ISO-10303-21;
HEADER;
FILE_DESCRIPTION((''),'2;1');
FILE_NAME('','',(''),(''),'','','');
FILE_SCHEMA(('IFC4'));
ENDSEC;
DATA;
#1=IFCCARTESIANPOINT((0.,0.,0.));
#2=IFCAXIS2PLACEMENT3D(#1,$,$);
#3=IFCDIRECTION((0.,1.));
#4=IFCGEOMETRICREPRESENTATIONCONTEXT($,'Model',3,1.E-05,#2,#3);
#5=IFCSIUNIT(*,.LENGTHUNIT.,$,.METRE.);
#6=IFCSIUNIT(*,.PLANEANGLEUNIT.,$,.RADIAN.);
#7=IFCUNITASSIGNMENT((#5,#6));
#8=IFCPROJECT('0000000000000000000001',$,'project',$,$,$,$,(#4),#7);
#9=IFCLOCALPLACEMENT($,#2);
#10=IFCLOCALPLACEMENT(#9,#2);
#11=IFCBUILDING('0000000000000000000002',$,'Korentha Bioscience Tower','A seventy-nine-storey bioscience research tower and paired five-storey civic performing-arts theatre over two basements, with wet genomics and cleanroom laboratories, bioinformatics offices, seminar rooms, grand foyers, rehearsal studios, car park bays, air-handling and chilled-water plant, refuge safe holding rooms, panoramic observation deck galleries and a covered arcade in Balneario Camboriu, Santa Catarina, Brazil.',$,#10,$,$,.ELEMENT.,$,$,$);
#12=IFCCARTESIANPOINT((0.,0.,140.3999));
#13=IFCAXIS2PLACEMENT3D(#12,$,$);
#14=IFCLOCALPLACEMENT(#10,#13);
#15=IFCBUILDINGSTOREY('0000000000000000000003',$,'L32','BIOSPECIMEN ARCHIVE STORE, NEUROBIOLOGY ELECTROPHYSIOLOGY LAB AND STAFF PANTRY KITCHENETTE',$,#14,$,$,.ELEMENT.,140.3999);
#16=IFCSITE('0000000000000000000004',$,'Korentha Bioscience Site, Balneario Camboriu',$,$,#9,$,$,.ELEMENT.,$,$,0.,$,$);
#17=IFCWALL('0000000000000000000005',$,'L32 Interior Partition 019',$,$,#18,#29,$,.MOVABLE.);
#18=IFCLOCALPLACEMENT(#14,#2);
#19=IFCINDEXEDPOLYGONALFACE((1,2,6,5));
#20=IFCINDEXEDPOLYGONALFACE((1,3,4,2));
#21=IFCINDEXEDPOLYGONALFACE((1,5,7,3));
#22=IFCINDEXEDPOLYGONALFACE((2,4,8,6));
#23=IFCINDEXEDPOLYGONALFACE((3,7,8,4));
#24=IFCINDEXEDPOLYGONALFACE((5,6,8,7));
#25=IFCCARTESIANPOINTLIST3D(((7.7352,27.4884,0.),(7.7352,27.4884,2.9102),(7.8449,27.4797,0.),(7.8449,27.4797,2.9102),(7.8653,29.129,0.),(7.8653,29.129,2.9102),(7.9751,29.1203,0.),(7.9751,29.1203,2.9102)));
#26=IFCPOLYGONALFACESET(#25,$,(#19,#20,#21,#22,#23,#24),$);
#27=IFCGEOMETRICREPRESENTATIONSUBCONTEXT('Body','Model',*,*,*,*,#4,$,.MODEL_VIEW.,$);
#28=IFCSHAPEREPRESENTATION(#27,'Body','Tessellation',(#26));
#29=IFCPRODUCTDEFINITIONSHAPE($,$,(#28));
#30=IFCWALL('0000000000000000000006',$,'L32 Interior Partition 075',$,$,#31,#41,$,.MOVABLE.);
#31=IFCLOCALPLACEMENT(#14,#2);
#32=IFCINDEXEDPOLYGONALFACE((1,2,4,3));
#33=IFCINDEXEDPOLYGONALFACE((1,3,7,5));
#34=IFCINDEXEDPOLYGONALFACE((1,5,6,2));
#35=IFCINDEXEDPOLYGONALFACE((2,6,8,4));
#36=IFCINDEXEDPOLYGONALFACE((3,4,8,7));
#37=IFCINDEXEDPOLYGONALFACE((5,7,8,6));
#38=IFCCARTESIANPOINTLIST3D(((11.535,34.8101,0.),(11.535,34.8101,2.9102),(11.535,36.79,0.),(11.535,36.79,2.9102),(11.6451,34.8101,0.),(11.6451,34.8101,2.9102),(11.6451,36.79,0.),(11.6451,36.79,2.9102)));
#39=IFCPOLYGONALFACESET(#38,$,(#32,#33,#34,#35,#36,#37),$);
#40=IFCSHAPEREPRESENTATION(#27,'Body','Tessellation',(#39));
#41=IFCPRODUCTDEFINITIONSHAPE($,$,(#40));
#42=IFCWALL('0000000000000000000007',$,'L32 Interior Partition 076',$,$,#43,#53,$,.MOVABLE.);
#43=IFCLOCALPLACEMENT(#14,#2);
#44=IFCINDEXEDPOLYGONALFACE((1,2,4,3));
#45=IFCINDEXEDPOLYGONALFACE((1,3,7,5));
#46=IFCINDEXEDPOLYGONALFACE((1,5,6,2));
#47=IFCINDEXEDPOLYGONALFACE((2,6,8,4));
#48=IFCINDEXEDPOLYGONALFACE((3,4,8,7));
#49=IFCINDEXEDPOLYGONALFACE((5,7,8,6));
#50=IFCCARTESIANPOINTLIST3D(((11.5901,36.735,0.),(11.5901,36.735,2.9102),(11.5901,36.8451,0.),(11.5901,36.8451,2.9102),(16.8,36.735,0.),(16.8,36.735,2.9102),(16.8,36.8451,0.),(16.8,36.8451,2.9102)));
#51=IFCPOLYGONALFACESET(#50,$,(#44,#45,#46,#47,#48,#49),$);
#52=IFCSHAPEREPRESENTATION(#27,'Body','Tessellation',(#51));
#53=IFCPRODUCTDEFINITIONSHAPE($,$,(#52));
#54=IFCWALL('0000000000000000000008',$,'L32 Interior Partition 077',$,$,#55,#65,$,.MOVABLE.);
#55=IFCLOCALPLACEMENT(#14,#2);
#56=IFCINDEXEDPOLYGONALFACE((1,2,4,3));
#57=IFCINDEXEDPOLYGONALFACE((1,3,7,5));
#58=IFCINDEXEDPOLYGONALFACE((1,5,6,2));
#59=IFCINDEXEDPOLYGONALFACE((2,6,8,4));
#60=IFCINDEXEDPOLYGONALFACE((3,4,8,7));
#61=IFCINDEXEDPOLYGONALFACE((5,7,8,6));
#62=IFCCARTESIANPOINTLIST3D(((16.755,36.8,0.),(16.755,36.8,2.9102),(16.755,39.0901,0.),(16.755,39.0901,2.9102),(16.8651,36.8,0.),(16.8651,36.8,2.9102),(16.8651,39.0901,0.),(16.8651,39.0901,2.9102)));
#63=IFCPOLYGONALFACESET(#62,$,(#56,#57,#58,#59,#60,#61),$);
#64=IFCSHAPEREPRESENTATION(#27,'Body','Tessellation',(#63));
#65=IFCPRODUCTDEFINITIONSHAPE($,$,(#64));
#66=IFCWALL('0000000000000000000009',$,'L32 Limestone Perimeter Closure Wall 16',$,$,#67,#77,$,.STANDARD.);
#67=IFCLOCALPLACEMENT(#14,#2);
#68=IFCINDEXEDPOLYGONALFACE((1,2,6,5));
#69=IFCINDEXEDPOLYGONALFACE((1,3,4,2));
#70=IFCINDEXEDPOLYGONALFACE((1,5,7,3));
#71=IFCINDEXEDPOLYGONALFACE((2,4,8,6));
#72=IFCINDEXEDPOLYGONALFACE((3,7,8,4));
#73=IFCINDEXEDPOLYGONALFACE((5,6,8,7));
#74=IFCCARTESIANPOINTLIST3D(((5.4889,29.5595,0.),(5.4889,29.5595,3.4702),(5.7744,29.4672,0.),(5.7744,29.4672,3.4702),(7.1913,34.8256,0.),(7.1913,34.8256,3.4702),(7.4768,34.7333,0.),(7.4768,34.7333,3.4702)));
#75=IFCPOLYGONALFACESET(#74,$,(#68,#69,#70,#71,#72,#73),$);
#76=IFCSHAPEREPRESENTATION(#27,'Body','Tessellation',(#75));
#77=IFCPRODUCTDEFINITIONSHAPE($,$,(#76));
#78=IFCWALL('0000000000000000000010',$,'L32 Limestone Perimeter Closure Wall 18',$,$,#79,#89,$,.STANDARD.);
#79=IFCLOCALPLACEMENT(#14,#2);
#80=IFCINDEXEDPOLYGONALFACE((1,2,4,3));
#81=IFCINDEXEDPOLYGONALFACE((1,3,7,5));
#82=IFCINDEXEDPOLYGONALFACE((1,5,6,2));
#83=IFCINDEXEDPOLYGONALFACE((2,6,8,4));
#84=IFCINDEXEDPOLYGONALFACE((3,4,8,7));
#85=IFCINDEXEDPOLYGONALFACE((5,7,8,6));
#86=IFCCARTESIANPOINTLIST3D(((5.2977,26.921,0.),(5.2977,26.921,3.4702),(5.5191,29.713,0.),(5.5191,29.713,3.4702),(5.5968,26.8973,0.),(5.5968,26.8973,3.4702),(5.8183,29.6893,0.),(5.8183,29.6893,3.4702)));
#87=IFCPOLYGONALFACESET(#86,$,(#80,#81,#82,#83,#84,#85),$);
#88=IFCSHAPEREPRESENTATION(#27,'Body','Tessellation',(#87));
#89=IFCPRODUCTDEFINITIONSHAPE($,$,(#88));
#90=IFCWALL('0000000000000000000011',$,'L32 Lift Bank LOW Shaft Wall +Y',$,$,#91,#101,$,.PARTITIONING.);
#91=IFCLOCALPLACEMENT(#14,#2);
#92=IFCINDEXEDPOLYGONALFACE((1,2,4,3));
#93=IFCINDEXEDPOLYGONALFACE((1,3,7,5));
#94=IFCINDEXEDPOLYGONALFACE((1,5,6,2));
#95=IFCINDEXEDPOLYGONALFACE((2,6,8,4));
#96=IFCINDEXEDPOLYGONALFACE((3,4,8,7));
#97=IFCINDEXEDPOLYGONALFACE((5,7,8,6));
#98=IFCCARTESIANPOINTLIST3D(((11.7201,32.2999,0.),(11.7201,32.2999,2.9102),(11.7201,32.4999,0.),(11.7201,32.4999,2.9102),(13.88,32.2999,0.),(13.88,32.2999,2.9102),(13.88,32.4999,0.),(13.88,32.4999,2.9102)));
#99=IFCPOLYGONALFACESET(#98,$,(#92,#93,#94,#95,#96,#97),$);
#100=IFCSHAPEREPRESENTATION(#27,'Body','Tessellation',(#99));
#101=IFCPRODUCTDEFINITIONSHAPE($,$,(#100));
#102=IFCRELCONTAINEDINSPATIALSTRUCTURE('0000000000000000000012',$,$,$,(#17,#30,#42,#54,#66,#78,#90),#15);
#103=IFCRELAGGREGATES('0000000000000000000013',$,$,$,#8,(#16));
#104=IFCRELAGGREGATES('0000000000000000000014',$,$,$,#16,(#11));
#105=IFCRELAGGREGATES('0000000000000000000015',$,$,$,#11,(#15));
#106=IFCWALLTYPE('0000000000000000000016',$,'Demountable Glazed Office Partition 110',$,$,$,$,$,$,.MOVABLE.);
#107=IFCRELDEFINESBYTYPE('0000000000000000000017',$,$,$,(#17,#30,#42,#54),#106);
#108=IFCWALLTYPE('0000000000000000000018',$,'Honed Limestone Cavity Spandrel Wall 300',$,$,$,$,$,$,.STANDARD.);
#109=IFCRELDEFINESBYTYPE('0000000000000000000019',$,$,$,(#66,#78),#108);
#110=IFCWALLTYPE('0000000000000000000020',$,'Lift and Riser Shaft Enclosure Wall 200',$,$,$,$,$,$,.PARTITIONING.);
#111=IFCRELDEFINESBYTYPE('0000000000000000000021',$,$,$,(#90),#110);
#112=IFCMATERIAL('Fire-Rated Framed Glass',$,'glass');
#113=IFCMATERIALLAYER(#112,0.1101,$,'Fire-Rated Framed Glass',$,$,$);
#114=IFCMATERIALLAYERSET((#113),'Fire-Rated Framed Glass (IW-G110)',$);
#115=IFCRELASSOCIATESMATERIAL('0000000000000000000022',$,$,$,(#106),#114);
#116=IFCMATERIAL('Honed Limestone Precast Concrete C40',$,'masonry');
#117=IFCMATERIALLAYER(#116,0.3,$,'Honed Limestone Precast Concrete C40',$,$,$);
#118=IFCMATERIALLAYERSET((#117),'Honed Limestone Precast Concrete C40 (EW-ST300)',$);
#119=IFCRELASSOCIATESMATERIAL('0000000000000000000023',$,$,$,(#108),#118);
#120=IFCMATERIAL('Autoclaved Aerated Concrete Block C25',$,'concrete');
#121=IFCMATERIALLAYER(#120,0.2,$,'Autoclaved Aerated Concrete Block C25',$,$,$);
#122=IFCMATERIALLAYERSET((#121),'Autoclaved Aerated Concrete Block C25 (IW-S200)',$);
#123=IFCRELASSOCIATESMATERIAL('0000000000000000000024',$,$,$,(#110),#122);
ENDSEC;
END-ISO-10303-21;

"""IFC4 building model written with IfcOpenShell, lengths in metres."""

from ifc_helpers import new_model, si_unit, direction, frame, frame_2d, origin, place, context, subcontext, project, spatial, rectangle, extrude, material, layer, layer_set, type_object, element, save


model = new_model("IFC4")

# Units and contexts
model_context = context("Model", 3, precision=1e-05, world=origin(), true_north=direction((0.0, 1.0)))
body_context = subcontext(model_context, "Body", "Model", "MODEL_VIEW")
ifc_project = project(units=[si_unit("LENGTHUNIT", "METRE"), si_unit("PLANEANGLEUNIT", "RADIAN")], contexts=[model_context])

# Site, building, storey
site_placement = place(None, origin())
site = spatial("IfcSite", under=ifc_project, at=site_placement, Name="Korentha Bioscience Site, Balneario Camboriu", CompositionType="ELEMENT", RefElevation=0.0)
building_placement = place(site_placement, origin())
building = spatial("IfcBuilding", under=site, at=building_placement, Name="Korentha Bioscience Tower", Description="A seventy-nine-storey bioscience research tower and paired five-storey civic performing-arts theatre over two basements, with wet genomics and cleanroom laboratories, bioinformatics offices, seminar rooms, grand foyers, rehearsal studios, car park bays, air-handling and chilled-water plant, refuge safe holding rooms, panoramic observation deck galleries and a covered arcade in Balneario Camboriu, Santa Catarina, Brazil.", CompositionType="ELEMENT")
storey_placement = place(building_placement, frame((0.0, 0.0, 140.3999)))
storey = spatial("IfcBuildingStorey", under=building, at=storey_placement, Name="L32", Description="BIOSPECIMEN ARCHIVE STORE, NEUROBIOLOGY ELECTROPHYSIOLOGY LAB AND STAFF PANTRY KITCHENETTE", CompositionType="ELEMENT", Elevation=140.3999)

# Walls
ifc_material_1 = material(Name="Fire-Rated Framed Glass", Category="glass")
ifc_layer_1 = layer(ifc_material_1, 0.1101, Name="Fire-Rated Framed Glass")
ifc_layer_set_1 = layer_set([ifc_layer_1], Name="Fire-Rated Framed Glass (IW-G110)")
wall_type_1 = type_object("IfcWallType", Name="Demountable Glazed Office Partition 110", PredefinedType="MOVABLE", material=ifc_layer_set_1)
wall_1_placement = place(storey_placement, frame((7.9202, 29.1245, 0.0), z_axis=(0.0, 0.0, 1.0), x_axis=(-0.079067, -0.996869, 0.0)))
element("IfcWall", 1, at=wall_1_placement, inside=storey, type_object=wall_type_1, Name="L32 Interior Partition 019", PredefinedType="MOVABLE", context=body_context, shape_type="SweptSolid", body=[
    extrude(rectangle(XDim=1.6458, YDim=0.1101, at=frame_2d((0.8228, 0.0))), origin(), (0.0, 0.0, 1.0), 2.9102),
])
wall_2_placement = place(storey_placement, frame((11.5901, 34.8101, 0.0), z_axis=(0.0, 0.0, 1.0), x_axis=(0.0, 1.0, 0.0)))
element("IfcWall", 2, at=wall_2_placement, inside=storey, type_object=wall_type_1, Name="L32 Interior Partition 075", PredefinedType="MOVABLE", context=body_context, shape_type="SweptSolid", body=[
    extrude(rectangle(XDim=1.98, YDim=0.1101, at=frame_2d((0.99, 0.0))), origin(), (0.0, 0.0, 1.0), 2.9102),
])
wall_3_placement = place(storey_placement, frame((11.5901, 36.79, 0.0), z_axis=(0.0, 0.0, 1.0), x_axis=(1.0, 0.0, 0.0)))
element("IfcWall", 3, at=wall_3_placement, inside=storey, type_object=wall_type_1, Name="L32 Interior Partition 076", PredefinedType="MOVABLE", context=body_context, shape_type="SweptSolid", body=[
    extrude(rectangle(XDim=5.21, YDim=0.1101, at=frame_2d((2.605, 0.0))), origin(), (0.0, 0.0, 1.0), 2.9102),
])
wall_4_placement = place(storey_placement, frame((16.8101, 36.8, 0.0), z_axis=(0.0, 0.0, 1.0), x_axis=(0.0, 1.0, 0.0)))
element("IfcWall", 4, at=wall_4_placement, inside=storey, type_object=wall_type_1, Name="L32 Interior Partition 077", PredefinedType="MOVABLE", context=body_context, shape_type="SweptSolid", body=[
    extrude(rectangle(XDim=2.29, YDim=0.1101, at=frame_2d((1.145, 0.0))), origin(), (0.0, 0.0, 1.0), 2.9102),
])
ifc_material_2 = material(Name="Honed Limestone Precast Concrete C40", Category="masonry")
ifc_layer_2 = layer(ifc_material_2, 0.3, Name="Honed Limestone Precast Concrete C40")
ifc_layer_set_2 = layer_set([ifc_layer_2], Name="Honed Limestone Precast Concrete C40 (EW-ST300)")
wall_type_2 = type_object("IfcWallType", Name="Honed Limestone Cavity Spandrel Wall 300", PredefinedType="STANDARD", material=ifc_layer_set_2)
wall_5_placement = place(storey_placement, frame((7.334, 34.7793, 0.0), z_axis=(0.0, 0.0, 1.0), x_axis=(-0.307599, -0.951516, 0.0)))
element("IfcWall", 5, at=wall_5_placement, inside=storey, type_object=wall_type_2, Name="L32 Limestone Perimeter Closure Wall 16", PredefinedType="STANDARD", context=body_context, shape_type="SweptSolid", body=[
    extrude(rectangle(XDim=5.5344, YDim=0.3, at=frame_2d((2.7671, 0.0))), origin(), (0.0, 0.0, 1.0), 3.4702),
])
wall_6_placement = place(storey_placement, frame((5.6687, 29.7012, 0.0), z_axis=(0.0, 0.0, 1.0), x_axis=(-0.079063, -0.99687, 0.0)))
element("IfcWall", 6, at=wall_6_placement, inside=storey, type_object=wall_type_2, Name="L32 Limestone Perimeter Closure Wall 18", PredefinedType="STANDARD", context=body_context, shape_type="SweptSolid", body=[
    extrude(rectangle(XDim=2.8008, YDim=0.3, at=frame_2d((1.4004, 0.0))), origin(), (0.0, 0.0, 1.0), 3.4702),
])
ifc_material_3 = material(Name="Autoclaved Aerated Concrete Block C25", Category="concrete")
ifc_layer_3 = layer(ifc_material_3, 0.2, Name="Autoclaved Aerated Concrete Block C25")
ifc_layer_set_3 = layer_set([ifc_layer_3], Name="Autoclaved Aerated Concrete Block C25 (IW-S200)")
wall_type_3 = type_object("IfcWallType", Name="Lift and Riser Shaft Enclosure Wall 200", PredefinedType="PARTITIONING", material=ifc_layer_set_3)
wall_7_placement = place(storey_placement, frame((11.72, 32.3999, 0.0), z_axis=(0.0, 0.0, 1.0), x_axis=(1.0, 0.0, 0.0)))
element("IfcWall", 7, at=wall_7_placement, inside=storey, type_object=wall_type_3, Name="L32 Lift Bank LOW Shaft Wall +Y", PredefinedType="PARTITIONING", context=body_context, shape_type="SweptSolid", body=[
    extrude(rectangle(XDim=2.1599, YDim=0.2, at=frame_2d((1.0801, 0.0))), origin(), (0.0, 0.0, 1.0), 2.9102),
])

save(model, "model.ifc")
